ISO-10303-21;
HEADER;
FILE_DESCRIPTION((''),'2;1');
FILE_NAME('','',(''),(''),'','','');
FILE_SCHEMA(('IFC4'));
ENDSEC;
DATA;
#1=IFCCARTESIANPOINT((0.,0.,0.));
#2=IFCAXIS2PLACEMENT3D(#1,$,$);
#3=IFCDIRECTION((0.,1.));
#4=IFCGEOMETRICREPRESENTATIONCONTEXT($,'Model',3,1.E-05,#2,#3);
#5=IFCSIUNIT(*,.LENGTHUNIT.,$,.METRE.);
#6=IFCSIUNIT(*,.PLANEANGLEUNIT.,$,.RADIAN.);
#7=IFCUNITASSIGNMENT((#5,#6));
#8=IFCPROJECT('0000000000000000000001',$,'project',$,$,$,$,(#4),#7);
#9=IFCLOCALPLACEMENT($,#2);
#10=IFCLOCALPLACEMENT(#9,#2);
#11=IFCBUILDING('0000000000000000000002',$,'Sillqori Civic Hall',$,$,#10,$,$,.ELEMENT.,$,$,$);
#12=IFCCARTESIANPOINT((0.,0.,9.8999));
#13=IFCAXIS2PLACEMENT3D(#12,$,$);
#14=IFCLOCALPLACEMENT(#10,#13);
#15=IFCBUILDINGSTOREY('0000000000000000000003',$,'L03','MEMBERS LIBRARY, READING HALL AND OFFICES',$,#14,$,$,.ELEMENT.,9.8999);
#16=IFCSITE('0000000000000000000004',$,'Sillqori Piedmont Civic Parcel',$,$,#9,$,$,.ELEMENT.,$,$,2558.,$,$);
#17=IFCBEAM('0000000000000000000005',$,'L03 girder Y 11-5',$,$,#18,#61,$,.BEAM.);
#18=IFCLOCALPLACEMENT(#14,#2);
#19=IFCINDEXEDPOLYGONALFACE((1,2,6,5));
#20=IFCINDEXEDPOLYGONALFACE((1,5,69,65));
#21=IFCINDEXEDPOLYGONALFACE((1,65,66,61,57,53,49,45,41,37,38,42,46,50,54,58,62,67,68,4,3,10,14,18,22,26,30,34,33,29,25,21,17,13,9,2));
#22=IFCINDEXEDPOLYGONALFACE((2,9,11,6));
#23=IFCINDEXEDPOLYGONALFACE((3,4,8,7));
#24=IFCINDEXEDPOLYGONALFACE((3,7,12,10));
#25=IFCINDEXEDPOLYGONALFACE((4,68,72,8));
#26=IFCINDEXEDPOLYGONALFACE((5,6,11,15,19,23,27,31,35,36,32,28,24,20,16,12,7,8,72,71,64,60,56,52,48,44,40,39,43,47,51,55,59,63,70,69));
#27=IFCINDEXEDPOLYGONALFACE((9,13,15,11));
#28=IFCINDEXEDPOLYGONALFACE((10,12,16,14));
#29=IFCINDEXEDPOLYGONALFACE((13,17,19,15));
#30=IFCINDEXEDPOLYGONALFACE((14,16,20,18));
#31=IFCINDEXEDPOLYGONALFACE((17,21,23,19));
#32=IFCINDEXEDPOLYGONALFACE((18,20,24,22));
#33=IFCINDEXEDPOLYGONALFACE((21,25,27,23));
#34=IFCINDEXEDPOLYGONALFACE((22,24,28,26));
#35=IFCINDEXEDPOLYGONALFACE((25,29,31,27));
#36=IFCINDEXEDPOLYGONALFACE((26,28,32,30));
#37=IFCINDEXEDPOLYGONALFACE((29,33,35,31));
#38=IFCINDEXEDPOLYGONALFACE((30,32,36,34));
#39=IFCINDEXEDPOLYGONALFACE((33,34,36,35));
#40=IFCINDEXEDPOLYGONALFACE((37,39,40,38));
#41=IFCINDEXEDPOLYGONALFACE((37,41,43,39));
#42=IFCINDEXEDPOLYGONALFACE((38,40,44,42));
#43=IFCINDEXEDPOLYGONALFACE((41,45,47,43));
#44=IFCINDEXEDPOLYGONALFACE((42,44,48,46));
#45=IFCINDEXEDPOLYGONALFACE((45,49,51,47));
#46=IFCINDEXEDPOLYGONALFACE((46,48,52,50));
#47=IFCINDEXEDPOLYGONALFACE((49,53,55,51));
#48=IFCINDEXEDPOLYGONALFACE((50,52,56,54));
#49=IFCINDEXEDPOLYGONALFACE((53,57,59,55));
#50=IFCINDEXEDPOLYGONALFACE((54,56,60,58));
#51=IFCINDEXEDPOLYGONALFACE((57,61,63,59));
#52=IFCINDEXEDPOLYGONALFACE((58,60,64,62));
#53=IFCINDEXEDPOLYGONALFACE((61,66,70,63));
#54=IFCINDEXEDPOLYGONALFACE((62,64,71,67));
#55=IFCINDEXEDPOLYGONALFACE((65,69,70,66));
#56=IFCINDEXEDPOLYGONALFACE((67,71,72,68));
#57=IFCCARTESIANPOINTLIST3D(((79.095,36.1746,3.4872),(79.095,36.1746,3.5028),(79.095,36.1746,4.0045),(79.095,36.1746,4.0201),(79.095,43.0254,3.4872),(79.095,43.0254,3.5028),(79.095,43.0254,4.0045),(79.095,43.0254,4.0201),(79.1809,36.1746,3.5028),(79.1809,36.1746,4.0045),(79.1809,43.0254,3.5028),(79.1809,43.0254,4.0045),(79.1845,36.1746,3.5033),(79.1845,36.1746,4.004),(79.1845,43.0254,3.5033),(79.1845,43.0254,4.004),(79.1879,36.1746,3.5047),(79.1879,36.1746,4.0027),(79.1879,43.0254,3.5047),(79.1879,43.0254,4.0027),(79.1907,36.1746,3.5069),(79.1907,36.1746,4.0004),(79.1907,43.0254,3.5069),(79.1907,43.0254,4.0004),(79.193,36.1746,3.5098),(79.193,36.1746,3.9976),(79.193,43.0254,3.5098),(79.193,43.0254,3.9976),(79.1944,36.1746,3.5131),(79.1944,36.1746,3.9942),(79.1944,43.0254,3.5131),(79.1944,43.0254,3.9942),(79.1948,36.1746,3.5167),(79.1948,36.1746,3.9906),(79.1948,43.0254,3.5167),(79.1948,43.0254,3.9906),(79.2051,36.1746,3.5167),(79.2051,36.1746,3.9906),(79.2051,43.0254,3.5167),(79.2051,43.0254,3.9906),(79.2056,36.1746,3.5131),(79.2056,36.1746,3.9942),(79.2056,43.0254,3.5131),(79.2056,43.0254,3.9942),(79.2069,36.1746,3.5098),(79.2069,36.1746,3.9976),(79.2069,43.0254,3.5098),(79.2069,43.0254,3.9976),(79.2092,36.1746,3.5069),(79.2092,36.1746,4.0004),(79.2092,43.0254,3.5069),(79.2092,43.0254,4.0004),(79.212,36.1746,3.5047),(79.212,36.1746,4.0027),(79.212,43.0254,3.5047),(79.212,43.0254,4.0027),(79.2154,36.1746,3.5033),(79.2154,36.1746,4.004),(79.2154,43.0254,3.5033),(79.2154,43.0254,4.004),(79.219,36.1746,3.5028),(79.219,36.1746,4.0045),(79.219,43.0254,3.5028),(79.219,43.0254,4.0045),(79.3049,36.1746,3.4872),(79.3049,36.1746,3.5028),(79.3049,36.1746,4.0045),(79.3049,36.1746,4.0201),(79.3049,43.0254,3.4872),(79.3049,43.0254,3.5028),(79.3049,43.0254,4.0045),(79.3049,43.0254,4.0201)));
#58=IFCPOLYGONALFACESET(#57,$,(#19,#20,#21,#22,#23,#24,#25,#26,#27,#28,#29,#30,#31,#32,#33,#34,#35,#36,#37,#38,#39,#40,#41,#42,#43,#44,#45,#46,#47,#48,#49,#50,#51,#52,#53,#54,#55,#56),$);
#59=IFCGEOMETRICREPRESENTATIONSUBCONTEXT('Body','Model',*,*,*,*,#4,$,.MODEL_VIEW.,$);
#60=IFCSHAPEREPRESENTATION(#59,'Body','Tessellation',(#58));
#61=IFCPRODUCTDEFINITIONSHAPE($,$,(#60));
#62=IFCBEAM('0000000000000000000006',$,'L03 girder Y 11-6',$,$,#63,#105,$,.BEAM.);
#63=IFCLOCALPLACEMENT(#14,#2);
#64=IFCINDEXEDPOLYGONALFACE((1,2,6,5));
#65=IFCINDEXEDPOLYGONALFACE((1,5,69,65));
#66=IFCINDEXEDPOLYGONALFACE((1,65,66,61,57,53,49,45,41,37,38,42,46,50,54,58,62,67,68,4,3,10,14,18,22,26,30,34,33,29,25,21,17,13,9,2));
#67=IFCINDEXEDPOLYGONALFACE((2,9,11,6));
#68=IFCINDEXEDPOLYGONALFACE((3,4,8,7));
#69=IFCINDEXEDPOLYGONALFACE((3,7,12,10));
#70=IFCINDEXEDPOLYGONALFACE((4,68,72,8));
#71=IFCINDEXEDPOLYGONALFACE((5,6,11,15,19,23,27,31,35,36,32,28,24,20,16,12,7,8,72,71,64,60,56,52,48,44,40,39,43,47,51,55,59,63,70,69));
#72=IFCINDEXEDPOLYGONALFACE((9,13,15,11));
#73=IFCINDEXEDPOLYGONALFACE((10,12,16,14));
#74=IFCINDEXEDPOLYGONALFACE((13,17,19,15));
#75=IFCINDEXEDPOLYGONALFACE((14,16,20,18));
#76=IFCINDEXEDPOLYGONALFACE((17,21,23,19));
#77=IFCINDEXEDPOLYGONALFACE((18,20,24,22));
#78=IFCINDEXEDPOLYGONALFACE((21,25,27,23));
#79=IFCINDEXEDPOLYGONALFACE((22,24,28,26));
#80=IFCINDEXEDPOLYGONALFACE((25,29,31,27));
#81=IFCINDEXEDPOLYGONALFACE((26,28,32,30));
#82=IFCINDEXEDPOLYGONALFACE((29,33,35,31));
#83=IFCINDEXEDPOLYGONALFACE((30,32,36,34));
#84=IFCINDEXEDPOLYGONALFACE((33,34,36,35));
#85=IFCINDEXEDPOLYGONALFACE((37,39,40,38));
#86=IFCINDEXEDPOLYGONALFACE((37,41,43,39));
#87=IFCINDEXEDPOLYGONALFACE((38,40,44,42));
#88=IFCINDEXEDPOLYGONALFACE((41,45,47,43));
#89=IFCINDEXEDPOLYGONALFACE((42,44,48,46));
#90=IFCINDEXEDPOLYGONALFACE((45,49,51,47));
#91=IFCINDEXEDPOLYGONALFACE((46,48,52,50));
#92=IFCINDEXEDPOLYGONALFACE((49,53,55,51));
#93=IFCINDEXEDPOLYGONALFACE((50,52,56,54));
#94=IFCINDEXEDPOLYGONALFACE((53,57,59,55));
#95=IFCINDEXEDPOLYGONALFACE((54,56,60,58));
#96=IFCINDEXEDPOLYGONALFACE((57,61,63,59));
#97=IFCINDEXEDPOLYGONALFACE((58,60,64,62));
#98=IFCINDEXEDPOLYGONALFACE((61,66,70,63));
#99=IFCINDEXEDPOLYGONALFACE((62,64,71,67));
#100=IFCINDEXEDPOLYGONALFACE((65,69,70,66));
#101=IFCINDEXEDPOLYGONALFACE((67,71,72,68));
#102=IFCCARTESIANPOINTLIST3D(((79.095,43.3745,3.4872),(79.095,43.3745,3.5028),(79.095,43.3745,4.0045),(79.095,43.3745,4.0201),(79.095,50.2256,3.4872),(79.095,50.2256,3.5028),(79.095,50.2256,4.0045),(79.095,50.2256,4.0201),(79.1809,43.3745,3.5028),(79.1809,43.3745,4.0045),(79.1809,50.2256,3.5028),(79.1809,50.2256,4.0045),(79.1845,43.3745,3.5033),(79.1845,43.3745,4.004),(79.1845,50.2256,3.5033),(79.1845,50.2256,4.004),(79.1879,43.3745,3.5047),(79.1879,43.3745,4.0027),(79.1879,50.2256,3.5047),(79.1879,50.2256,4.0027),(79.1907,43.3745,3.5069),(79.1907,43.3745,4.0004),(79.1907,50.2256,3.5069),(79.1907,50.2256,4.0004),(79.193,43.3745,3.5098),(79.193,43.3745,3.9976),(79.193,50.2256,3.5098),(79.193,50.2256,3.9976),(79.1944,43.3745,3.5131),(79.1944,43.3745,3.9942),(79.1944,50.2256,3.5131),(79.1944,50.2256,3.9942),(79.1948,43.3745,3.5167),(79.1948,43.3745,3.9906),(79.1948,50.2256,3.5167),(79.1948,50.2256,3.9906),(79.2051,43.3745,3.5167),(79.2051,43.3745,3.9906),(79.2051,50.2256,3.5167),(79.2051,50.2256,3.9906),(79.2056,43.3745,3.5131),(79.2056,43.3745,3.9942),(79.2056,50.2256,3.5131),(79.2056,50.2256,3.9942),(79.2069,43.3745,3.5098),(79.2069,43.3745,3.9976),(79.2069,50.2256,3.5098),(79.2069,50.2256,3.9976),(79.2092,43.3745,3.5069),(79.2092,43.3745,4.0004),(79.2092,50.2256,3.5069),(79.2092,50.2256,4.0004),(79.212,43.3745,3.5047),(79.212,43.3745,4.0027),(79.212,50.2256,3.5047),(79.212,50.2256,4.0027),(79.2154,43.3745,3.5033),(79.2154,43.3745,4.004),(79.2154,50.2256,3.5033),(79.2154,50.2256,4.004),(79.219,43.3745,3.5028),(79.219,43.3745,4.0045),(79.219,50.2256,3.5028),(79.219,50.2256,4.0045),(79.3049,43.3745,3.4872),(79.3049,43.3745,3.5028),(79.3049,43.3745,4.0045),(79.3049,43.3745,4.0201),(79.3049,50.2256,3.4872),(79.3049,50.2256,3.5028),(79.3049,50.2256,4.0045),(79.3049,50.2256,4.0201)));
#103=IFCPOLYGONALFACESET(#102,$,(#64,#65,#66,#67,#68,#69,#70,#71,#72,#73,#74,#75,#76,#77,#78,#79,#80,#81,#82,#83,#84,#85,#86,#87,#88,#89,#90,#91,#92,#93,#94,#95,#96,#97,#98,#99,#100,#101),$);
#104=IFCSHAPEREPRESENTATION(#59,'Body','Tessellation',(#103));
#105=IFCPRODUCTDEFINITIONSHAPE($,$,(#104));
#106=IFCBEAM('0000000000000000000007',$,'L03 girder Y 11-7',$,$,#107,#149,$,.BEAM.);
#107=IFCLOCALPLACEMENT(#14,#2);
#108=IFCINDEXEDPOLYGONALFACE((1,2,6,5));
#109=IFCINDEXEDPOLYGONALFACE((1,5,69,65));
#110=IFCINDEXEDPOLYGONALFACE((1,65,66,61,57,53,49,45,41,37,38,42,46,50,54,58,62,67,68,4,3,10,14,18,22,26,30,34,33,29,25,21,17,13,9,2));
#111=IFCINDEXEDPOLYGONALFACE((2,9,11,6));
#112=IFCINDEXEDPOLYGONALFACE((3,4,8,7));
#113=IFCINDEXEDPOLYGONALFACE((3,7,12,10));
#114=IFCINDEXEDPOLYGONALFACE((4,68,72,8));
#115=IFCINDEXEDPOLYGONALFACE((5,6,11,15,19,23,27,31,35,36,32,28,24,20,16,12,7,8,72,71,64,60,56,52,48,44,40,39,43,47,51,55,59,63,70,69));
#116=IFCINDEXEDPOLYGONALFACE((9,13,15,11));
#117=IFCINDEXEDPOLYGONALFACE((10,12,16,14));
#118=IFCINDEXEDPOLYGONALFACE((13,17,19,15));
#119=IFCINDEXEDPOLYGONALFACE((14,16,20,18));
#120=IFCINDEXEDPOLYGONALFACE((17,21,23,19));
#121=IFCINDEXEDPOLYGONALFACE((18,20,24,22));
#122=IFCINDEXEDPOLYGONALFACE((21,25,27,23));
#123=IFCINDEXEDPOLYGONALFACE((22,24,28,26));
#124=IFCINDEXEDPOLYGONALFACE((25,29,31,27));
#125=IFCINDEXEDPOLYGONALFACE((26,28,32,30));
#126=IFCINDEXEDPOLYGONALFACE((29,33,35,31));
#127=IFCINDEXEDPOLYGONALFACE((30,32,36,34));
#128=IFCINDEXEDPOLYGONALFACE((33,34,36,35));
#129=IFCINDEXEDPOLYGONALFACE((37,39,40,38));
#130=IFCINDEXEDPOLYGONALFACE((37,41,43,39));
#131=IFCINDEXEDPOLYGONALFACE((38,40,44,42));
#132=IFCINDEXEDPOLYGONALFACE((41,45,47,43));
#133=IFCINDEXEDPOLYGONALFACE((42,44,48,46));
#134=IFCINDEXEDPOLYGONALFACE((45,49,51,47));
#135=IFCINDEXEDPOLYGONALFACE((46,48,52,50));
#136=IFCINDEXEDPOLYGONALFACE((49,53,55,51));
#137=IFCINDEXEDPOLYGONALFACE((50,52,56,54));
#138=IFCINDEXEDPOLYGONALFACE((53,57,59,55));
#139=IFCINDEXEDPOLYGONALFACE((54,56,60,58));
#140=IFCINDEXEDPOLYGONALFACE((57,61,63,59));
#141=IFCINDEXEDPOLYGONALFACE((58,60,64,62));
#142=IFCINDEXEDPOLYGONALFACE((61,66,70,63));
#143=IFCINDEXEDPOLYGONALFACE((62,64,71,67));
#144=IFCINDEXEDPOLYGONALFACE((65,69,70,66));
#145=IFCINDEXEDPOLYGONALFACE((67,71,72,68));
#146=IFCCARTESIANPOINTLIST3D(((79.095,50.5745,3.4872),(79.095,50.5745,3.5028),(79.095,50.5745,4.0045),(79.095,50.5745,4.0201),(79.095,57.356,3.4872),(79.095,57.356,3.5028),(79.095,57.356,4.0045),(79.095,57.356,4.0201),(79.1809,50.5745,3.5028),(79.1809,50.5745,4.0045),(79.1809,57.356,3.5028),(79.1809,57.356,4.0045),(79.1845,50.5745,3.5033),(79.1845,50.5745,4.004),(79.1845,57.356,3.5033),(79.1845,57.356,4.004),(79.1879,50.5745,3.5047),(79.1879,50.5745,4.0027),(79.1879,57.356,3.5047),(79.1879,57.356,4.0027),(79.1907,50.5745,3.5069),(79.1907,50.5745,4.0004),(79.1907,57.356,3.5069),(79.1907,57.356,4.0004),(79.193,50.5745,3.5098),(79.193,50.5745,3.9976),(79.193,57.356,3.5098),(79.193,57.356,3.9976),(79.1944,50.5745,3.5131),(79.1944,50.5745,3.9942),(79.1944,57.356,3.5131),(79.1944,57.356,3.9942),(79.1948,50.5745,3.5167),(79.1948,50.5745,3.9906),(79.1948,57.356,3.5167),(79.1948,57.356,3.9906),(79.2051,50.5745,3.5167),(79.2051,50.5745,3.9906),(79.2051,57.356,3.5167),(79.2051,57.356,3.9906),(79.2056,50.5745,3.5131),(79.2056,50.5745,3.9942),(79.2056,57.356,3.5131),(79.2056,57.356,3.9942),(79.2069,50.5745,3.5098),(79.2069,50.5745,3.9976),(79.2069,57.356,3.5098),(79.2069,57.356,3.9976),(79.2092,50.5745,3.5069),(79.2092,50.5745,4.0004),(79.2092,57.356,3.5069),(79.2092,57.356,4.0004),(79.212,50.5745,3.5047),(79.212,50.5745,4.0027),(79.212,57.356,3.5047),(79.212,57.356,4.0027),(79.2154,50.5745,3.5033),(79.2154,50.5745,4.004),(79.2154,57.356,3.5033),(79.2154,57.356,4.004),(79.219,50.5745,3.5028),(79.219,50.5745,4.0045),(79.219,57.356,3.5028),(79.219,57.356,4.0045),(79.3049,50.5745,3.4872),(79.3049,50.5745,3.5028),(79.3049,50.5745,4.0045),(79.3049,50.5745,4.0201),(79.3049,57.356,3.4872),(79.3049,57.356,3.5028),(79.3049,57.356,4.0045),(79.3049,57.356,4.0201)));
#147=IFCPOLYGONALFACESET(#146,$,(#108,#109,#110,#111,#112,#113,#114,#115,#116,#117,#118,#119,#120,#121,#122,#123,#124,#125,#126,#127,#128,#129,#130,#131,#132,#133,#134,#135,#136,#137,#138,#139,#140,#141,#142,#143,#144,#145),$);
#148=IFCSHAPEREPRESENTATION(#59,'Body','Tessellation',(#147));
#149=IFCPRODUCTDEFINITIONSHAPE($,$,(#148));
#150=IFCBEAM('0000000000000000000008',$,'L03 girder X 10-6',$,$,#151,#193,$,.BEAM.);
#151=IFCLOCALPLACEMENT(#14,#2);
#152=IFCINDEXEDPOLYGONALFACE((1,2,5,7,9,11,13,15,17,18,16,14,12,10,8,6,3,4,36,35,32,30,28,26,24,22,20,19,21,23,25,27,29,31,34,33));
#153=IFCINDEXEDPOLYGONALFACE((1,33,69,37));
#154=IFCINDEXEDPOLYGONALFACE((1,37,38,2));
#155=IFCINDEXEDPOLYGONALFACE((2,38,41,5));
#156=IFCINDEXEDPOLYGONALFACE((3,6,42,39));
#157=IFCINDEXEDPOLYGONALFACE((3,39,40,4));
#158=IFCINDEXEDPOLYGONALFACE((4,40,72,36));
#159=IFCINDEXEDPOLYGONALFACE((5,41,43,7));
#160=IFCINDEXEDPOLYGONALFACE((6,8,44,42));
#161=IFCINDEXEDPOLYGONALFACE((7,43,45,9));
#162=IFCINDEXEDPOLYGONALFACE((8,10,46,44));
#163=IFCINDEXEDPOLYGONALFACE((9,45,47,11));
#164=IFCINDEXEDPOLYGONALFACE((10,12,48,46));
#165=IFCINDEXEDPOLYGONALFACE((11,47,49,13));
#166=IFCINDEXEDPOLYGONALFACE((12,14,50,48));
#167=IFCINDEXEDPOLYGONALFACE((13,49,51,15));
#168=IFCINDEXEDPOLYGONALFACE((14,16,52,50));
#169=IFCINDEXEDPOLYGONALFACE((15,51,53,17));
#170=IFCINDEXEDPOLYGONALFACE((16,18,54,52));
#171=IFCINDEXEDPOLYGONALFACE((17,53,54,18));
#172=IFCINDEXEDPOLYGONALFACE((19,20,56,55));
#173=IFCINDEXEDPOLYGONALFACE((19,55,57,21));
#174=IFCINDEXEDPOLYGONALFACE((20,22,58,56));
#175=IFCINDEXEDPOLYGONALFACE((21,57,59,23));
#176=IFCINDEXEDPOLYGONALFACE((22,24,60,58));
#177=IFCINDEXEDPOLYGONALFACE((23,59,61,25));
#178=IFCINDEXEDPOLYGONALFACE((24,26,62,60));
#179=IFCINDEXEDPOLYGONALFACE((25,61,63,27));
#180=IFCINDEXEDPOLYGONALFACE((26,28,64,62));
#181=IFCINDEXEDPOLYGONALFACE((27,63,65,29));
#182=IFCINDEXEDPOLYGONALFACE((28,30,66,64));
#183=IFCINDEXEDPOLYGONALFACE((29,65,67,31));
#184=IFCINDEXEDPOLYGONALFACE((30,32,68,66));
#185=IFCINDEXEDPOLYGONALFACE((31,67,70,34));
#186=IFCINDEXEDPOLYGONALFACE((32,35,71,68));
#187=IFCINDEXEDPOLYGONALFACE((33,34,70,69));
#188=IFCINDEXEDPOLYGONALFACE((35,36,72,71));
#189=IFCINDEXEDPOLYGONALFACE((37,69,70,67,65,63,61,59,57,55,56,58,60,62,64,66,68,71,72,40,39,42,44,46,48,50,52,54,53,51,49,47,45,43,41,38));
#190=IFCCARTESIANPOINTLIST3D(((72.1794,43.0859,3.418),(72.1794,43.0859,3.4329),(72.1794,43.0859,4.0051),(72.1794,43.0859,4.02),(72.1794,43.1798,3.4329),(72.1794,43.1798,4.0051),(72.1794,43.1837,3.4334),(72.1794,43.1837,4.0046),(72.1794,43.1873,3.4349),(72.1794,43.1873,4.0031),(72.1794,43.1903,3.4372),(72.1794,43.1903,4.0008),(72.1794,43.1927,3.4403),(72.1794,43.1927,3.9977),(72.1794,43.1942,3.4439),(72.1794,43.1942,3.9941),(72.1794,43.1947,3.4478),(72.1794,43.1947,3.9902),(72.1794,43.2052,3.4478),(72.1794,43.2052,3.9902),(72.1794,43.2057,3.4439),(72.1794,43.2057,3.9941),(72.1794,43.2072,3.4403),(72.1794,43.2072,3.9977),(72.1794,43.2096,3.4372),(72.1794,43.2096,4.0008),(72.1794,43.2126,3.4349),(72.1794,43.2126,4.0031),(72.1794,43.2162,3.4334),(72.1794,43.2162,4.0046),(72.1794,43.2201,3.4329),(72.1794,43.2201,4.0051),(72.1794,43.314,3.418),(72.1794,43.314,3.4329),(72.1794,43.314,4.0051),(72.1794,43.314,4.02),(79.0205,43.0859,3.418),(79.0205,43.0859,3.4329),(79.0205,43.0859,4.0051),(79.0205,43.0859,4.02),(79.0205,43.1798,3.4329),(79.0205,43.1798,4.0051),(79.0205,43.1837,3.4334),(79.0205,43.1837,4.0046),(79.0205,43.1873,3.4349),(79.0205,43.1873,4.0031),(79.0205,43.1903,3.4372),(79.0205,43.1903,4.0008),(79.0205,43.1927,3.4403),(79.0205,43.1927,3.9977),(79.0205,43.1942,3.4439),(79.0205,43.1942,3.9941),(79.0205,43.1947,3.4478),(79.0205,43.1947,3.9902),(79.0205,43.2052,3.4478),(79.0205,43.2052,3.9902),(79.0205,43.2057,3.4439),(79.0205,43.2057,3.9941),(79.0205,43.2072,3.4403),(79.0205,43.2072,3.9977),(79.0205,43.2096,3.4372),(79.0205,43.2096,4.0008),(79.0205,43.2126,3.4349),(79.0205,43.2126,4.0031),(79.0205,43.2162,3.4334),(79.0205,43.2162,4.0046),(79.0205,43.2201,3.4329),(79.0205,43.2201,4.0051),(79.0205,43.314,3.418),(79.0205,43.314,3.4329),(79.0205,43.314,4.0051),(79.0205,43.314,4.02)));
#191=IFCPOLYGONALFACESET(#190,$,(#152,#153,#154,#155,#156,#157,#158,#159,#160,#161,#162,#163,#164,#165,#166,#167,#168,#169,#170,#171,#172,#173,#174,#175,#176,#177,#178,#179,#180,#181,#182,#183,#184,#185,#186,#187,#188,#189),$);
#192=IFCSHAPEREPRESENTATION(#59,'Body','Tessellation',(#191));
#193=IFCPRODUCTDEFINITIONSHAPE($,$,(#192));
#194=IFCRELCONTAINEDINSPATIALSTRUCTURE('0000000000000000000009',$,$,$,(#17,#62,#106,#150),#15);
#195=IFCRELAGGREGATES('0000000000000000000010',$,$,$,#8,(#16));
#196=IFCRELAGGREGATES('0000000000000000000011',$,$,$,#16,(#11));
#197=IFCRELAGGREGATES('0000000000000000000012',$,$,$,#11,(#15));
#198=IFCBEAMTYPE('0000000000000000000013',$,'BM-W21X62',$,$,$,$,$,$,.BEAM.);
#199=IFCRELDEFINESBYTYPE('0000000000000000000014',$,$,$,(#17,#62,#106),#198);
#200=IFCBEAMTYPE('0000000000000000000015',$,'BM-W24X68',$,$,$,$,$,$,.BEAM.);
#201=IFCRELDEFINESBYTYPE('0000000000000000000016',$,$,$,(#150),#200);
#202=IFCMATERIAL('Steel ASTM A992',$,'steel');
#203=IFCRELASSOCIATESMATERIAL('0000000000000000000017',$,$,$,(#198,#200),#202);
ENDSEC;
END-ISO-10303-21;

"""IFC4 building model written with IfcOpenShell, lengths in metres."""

from ifc_helpers import new_model, si_unit, direction, frame, origin, origin_2d, place, context, subcontext, project, spatial, i_section, extrude, material, material_profile, profile_set, type_object, element, save


model = new_model("IFC4")

# Units and contexts
model_context = context("Model", 3, precision=1e-05, world=origin(), true_north=direction((0.0, 1.0)))
body_context = subcontext(model_context, "Body", "Model", "MODEL_VIEW")
ifc_project = project(units=[si_unit("LENGTHUNIT", "METRE"), si_unit("PLANEANGLEUNIT", "RADIAN")], contexts=[model_context])

# Site, building, storey
site_placement = place(None, origin())
site = spatial("IfcSite", under=ifc_project, at=site_placement, Name="Sillqori Piedmont Civic Parcel", CompositionType="ELEMENT", RefElevation=2558.0)
building_placement = place(site_placement, origin())
building = spatial("IfcBuilding", under=site, at=building_placement, Name="Sillqori Civic Hall", CompositionType="ELEMENT")
storey_placement = place(building_placement, frame((0.0, 0.0, 9.8999)))
storey = spatial("IfcBuildingStorey", under=building, at=storey_placement, Name="L03", Description="MEMBERS LIBRARY, READING HALL AND OFFICES", CompositionType="ELEMENT", Elevation=9.8999)

# Shared definitions
ifc_material_1 = material(Name="Steel ASTM A992", Category="steel")

# Beams
ifc_material_profile_1 = material_profile(ifc_material_1, i_section(OverallWidth=0.21, OverallDepth=0.533, WebThickness=0.0103, FlangeThickness=0.0156, FilletRadius=0.0139, at=origin_2d()), Name="W21X62")
ifc_profile_set_1 = profile_set([ifc_material_profile_1], Name="Steel ASTM A992")
beam_type_1 = type_object("IfcBeamType", Name="BM-W21X62", PredefinedType="BEAM", material=ifc_profile_set_1)
beam_1_placement = place(storey_placement, frame((79.2, 36.1746, 3.7537), z_axis=(0.0, 1.0, 0.0), x_axis=(-1.0, 0.0, 0.0)))
element("IfcBeam", 1, at=beam_1_placement, inside=storey, type_object=beam_type_1, Name="L03 girder Y 11-5", PredefinedType="BEAM", context=body_context, shape_type="SweptSolid", body=[
    extrude(i_section(OverallWidth=0.21, OverallDepth=0.533, WebThickness=0.0103, FlangeThickness=0.0156, FilletRadius=0.0139, at=origin_2d()), origin(), (0.0, 0.0, 1.0), 6.8508),
])
beam_2_placement = place(storey_placement, frame((79.2, 43.3745, 3.7537), z_axis=(0.0, 1.0, 0.0), x_axis=(-1.0, 0.0, 0.0)))
element("IfcBeam", 2, at=beam_2_placement, inside=storey, type_object=beam_type_1, Name="L03 girder Y 11-6", PredefinedType="BEAM", context=body_context, shape_type="SweptSolid", body=[
    extrude(i_section(OverallWidth=0.21, OverallDepth=0.533, WebThickness=0.0103, FlangeThickness=0.0156, FilletRadius=0.0139, at=origin_2d()), origin(), (0.0, 0.0, 1.0), 6.8511),
])
beam_3_placement = place(storey_placement, frame((79.2, 50.5745, 3.7537), z_axis=(0.0, 1.0, 0.0), x_axis=(-1.0, 0.0, 0.0)))
element("IfcBeam", 3, at=beam_3_placement, inside=storey, type_object=beam_type_1, Name="L03 girder Y 11-7", PredefinedType="BEAM", context=body_context, shape_type="SweptSolid", body=[
    extrude(i_section(OverallWidth=0.21, OverallDepth=0.533, WebThickness=0.0103, FlangeThickness=0.0156, FilletRadius=0.0139, at=origin_2d()), origin(), (0.0, 0.0, 1.0), 6.7815),
])
ifc_material_profile_2 = material_profile(ifc_material_1, i_section(OverallWidth=0.228, OverallDepth=0.6021, WebThickness=0.0105, FlangeThickness=0.0149, FilletRadius=0.0149, at=origin_2d()), Name="W24X68")
ifc_profile_set_2 = profile_set([ifc_material_profile_2], Name="Steel ASTM A992")
beam_type_2 = type_object("IfcBeamType", Name="BM-W24X68", PredefinedType="BEAM", material=ifc_profile_set_2)
for number, where, z_axis, x_axis, name in (
    (4, (72.1794, 43.2, 3.719), (1.0, 0.0, 0.0), (0.0, 1.0, 0.0), "L03 girder X 10-6"),
):
    element("IfcBeam", number, at=place(storey_placement, frame(where, z_axis=z_axis, x_axis=x_axis)), inside=storey, type_object=beam_type_2, Name=name, PredefinedType="BEAM", context=body_context, shape_type="SweptSolid", body=[
        extrude(i_section(OverallWidth=0.228, OverallDepth=0.6021, WebThickness=0.0105, FlangeThickness=0.0149, FilletRadius=0.0149, at=origin_2d()), origin(), (0.0, 0.0, 1.0), 6.8411),
    ])

save(model, "model.ifc")
